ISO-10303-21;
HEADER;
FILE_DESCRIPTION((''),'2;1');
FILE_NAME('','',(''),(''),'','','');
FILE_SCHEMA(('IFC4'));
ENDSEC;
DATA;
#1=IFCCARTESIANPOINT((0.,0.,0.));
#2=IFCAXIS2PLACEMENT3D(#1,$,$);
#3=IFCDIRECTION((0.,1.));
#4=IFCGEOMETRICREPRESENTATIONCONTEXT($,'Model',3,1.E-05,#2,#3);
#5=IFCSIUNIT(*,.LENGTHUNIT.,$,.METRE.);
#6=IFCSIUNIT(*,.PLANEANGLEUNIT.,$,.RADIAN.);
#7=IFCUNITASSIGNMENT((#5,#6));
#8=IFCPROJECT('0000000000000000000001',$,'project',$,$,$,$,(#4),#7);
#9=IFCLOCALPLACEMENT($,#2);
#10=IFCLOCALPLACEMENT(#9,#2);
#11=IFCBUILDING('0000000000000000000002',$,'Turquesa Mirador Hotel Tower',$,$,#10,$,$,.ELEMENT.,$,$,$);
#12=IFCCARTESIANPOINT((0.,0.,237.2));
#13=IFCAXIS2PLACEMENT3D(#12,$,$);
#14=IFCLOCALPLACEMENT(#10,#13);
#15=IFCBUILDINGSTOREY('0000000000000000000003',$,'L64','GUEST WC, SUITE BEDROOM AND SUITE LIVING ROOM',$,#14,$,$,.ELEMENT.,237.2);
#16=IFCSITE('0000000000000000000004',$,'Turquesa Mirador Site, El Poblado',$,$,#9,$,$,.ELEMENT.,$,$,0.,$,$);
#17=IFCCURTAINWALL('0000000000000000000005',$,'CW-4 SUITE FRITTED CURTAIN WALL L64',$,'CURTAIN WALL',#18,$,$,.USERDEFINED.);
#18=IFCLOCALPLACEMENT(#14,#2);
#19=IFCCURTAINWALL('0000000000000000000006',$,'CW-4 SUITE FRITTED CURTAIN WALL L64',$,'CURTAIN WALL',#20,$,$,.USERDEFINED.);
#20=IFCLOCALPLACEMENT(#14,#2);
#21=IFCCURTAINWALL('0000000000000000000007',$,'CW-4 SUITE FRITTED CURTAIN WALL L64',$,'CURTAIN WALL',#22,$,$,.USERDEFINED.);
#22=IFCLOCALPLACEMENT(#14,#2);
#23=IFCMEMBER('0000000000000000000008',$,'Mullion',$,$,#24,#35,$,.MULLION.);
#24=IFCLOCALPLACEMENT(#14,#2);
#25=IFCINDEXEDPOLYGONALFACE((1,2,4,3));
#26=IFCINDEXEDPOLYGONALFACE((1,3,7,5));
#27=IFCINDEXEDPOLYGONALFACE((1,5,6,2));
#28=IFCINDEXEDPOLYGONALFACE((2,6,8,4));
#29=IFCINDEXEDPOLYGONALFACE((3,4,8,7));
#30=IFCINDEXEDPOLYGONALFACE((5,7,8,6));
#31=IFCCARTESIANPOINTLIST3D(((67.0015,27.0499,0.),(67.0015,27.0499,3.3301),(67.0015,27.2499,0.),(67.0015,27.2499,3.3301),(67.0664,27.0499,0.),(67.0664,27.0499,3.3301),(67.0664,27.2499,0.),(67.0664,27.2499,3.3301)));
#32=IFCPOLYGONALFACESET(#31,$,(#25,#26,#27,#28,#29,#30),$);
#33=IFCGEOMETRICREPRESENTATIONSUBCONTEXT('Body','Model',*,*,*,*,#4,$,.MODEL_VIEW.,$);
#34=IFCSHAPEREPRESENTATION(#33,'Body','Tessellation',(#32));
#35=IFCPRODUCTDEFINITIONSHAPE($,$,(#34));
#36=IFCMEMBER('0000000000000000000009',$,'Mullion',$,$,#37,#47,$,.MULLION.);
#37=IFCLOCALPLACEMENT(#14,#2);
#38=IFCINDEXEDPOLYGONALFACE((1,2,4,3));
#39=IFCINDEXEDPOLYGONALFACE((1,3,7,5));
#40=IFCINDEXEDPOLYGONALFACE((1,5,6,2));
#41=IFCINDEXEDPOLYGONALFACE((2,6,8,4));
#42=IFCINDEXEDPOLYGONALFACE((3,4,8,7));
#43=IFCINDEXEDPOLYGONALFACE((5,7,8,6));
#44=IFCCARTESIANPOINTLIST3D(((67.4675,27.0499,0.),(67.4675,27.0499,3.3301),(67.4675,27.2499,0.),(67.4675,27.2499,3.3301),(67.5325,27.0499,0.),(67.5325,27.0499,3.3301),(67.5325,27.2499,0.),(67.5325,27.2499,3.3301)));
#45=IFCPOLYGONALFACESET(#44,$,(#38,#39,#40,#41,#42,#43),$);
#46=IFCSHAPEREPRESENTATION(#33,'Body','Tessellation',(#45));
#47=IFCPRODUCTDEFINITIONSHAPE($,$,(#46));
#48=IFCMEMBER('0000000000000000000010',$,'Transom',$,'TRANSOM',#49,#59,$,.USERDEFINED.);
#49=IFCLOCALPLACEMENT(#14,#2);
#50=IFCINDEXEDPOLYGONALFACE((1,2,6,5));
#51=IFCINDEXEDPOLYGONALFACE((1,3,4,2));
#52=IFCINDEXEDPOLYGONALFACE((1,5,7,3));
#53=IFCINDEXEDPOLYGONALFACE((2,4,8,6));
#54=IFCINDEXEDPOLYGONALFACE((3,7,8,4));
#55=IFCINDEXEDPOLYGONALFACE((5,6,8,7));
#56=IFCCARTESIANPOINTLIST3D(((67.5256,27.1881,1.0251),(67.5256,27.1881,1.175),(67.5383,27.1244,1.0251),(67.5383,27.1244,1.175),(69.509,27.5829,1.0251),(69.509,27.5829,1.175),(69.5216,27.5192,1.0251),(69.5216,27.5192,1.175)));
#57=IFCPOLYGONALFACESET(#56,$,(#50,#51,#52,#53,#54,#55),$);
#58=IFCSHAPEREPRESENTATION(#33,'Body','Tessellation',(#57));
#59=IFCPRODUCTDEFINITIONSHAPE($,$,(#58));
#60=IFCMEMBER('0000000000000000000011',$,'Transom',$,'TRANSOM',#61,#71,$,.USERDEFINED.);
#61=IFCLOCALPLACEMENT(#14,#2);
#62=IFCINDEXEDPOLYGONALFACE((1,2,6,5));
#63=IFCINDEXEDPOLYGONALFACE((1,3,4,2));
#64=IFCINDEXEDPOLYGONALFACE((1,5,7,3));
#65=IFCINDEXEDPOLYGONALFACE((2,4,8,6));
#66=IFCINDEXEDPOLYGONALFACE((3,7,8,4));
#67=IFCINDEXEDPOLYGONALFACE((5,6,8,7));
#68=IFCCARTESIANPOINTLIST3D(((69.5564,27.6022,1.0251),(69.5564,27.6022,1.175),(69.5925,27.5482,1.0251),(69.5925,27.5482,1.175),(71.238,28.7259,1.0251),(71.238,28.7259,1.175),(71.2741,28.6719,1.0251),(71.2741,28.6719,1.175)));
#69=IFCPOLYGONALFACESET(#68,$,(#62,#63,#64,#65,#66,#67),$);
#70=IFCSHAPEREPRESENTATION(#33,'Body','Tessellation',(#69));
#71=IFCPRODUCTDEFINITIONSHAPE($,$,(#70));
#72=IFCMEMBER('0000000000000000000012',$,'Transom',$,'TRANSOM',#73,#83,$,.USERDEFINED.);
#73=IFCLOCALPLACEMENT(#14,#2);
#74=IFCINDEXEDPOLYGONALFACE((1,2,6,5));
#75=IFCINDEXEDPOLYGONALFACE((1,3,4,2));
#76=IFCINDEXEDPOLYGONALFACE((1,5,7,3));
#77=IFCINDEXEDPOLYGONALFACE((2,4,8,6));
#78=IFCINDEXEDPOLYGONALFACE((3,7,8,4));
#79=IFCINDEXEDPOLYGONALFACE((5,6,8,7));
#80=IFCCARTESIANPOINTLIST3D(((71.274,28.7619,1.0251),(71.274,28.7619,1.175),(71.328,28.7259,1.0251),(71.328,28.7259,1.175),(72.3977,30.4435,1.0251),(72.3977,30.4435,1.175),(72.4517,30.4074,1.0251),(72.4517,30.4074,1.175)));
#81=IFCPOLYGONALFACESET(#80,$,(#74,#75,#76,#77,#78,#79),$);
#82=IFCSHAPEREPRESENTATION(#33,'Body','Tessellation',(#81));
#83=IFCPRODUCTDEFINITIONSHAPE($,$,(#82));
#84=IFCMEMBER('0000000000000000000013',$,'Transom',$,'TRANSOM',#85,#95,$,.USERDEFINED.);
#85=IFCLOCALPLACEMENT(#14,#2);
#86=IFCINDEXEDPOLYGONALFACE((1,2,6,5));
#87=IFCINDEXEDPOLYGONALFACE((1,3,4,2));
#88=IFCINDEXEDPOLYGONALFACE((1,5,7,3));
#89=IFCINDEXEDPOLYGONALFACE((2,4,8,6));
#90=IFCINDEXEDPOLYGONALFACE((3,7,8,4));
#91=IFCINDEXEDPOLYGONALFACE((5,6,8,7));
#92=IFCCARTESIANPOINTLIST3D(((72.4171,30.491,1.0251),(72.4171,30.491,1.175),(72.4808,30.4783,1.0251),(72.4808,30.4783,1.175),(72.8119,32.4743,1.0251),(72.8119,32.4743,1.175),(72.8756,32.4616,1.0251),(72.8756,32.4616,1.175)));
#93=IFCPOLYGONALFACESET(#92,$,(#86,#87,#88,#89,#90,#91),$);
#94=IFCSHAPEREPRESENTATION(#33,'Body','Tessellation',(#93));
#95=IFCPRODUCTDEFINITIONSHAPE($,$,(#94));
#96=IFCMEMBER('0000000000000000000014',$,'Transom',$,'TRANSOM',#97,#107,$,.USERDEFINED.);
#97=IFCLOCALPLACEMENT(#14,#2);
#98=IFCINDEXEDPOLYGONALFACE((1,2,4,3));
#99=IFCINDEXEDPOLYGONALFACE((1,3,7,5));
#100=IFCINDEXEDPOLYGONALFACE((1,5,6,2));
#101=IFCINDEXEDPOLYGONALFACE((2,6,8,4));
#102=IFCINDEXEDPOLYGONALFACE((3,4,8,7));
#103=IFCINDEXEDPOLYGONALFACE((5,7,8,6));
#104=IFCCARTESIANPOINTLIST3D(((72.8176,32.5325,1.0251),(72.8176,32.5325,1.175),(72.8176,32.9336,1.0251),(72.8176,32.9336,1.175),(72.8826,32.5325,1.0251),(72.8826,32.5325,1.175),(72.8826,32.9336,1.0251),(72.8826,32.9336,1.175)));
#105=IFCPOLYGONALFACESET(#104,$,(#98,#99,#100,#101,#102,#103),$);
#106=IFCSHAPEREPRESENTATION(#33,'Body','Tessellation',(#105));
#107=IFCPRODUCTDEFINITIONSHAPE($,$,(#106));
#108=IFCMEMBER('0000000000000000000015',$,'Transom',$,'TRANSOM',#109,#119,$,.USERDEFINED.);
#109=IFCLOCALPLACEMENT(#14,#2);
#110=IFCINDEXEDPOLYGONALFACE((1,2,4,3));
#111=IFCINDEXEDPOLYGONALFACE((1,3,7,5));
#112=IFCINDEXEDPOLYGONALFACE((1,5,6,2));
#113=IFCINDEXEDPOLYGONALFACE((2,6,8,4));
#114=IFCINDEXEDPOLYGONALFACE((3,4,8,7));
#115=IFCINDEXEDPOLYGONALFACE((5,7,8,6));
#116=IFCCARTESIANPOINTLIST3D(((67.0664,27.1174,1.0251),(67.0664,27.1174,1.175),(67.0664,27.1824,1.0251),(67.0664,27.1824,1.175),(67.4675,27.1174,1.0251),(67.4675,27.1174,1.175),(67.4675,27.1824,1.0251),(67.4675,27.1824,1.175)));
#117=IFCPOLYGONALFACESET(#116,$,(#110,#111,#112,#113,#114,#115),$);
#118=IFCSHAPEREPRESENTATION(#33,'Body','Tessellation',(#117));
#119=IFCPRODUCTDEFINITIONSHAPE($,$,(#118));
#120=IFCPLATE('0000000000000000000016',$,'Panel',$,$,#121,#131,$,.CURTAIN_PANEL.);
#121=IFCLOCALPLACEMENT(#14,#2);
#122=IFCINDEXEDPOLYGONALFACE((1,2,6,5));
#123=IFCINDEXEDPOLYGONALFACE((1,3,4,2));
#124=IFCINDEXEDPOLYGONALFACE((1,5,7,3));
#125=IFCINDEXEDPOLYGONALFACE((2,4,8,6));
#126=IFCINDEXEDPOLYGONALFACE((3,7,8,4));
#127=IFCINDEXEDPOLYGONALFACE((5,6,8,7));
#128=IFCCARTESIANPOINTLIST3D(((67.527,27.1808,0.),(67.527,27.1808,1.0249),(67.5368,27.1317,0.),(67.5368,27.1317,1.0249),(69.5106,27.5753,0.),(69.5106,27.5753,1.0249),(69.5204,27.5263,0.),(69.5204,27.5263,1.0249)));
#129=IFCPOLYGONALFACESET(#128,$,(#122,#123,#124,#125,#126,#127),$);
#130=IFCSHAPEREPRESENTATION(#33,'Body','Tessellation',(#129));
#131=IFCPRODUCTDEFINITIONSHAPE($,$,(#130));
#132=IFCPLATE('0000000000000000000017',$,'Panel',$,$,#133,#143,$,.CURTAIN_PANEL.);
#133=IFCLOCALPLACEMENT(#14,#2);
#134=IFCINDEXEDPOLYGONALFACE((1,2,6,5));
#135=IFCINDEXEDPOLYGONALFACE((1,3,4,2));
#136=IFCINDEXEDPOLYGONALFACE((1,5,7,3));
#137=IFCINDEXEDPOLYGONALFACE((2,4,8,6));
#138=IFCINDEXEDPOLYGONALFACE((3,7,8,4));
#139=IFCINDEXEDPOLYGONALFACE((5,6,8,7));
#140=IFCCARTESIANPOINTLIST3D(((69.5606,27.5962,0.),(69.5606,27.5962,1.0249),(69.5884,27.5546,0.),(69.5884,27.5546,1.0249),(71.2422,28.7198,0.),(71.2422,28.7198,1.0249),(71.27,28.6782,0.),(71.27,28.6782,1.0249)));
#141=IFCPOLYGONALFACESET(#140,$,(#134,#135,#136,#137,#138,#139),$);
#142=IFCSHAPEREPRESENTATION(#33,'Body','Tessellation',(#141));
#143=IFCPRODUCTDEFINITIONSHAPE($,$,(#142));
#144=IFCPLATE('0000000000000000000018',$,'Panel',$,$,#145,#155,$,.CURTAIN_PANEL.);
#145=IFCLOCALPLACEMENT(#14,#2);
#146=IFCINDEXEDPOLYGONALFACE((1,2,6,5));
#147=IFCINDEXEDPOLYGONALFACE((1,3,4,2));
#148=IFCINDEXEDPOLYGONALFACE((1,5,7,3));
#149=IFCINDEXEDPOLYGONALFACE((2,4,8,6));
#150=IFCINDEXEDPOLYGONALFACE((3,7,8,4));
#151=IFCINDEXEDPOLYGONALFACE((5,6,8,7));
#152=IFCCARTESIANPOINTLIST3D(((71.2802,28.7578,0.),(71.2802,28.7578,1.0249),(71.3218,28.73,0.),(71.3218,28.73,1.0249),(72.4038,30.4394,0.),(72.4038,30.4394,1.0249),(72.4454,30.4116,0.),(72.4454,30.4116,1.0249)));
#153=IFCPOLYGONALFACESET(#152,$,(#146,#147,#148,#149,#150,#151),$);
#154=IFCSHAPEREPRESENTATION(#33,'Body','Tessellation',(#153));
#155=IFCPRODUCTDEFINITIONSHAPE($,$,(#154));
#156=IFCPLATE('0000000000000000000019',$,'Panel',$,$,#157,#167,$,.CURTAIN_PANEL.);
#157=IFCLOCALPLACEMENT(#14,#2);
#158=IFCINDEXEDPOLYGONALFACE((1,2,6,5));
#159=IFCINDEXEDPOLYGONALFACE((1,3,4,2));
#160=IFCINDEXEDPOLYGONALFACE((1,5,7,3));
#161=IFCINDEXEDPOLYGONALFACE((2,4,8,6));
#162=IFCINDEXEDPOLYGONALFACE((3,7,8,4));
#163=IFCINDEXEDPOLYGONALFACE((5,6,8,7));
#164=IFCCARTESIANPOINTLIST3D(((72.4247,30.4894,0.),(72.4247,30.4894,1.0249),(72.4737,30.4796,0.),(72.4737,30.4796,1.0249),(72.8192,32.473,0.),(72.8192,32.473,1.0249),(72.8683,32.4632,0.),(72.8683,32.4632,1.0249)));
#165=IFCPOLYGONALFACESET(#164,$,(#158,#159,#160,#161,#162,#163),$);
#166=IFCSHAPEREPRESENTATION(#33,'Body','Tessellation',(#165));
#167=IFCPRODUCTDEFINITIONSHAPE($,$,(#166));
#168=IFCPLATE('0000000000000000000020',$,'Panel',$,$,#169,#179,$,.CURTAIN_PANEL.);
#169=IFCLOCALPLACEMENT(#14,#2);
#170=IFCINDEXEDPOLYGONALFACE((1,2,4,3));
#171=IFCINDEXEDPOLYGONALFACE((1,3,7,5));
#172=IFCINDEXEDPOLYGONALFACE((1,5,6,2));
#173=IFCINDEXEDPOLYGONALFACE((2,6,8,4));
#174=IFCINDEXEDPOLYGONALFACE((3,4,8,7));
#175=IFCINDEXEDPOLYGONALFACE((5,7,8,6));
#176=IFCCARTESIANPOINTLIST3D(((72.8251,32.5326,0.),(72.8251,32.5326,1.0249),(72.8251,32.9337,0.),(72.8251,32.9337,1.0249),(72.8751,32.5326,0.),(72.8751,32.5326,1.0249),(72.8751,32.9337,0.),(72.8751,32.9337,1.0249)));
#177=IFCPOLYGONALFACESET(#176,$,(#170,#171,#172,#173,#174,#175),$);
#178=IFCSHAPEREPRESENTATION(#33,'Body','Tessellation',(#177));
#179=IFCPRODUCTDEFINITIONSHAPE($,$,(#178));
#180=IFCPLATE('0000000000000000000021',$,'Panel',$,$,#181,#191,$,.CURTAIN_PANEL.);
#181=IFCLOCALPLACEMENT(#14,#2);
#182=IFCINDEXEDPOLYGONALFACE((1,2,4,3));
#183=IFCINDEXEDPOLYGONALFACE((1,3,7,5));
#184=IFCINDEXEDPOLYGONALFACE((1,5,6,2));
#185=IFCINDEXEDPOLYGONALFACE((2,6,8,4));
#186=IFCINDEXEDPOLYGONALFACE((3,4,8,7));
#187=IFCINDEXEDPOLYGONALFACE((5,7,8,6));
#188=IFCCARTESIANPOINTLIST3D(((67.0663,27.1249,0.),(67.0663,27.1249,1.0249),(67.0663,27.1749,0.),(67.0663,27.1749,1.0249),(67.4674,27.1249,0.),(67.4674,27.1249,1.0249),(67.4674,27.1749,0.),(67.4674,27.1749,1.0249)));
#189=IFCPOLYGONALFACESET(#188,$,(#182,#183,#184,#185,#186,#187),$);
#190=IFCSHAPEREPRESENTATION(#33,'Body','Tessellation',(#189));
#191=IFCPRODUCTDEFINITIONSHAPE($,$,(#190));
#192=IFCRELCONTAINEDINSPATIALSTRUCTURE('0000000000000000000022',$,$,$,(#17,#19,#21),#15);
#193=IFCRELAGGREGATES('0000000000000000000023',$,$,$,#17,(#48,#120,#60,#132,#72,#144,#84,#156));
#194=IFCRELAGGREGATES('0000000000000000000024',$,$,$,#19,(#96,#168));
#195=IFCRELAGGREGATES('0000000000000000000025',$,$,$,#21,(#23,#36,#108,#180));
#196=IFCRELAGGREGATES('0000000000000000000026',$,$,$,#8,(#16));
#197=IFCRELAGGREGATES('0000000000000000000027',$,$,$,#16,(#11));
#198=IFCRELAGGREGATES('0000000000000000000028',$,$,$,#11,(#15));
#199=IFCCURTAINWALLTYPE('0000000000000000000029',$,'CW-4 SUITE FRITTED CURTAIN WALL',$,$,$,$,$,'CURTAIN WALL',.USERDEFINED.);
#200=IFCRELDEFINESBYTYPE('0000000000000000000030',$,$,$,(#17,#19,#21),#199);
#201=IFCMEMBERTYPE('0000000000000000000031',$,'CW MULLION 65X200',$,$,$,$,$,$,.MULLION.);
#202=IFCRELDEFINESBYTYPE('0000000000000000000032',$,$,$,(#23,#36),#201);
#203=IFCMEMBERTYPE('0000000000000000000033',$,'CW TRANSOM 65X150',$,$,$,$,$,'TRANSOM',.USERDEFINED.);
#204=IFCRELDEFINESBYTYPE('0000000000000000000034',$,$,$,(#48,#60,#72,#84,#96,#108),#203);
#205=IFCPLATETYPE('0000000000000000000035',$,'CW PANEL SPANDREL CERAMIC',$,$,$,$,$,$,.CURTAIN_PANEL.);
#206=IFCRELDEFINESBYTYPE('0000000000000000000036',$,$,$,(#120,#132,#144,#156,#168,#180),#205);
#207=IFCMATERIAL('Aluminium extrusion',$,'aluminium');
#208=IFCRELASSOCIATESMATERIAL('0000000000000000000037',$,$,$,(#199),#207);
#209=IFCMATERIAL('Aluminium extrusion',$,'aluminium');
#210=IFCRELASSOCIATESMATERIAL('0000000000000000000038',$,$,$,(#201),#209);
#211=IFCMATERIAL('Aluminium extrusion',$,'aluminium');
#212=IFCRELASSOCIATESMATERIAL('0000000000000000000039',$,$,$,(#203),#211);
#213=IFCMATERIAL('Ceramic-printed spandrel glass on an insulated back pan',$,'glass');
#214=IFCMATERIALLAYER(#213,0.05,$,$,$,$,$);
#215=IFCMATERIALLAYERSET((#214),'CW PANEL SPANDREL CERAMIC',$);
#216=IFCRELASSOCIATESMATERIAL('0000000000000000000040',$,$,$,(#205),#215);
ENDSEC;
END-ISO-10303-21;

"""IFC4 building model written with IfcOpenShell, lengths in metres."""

from ifc_helpers import new_model, si_unit, direction, frame, origin, origin_2d, place, context, subcontext, project, spatial, rectangle, extrude, material, layer, layer_set, material_profile, profile_set, type_object, element, aggregate, save


model = new_model("IFC4")

# Units and contexts
model_context = context("Model", 3, precision=1e-05, world=origin(), true_north=direction((0.0, 1.0)))
body_context = subcontext(model_context, "Body", "Model", "MODEL_VIEW")
ifc_project = project(units=[si_unit("LENGTHUNIT", "METRE"), si_unit("PLANEANGLEUNIT", "RADIAN")], contexts=[model_context])

# Site, building, storey
site_placement = place(None, origin())
site = spatial("IfcSite", under=ifc_project, at=site_placement, Name="Turquesa Mirador Site, El Poblado", CompositionType="ELEMENT", RefElevation=0.0)
building_placement = place(site_placement, origin())
building = spatial("IfcBuilding", under=site, at=building_placement, Name="Turquesa Mirador Hotel Tower", CompositionType="ELEMENT")
storey_placement = place(building_placement, frame((0.0, 0.0, 237.2)))
storey = spatial("IfcBuildingStorey", under=building, at=storey_placement, Name="L64", Description="GUEST WC, SUITE BEDROOM AND SUITE LIVING ROOM", CompositionType="ELEMENT", Elevation=237.2)

# Curtain walls, members
ifc_material_1 = material(Name="Aluminium extrusion", Category="aluminium")
curtain_wall_type = type_object("IfcCurtainWallType", Name="CW-4 SUITE FRITTED CURTAIN WALL", ElementType="CURTAIN WALL", PredefinedType="USERDEFINED", material=ifc_material_1)
curtain_wall_1_placement = place(storey_placement, origin())
curtain_wall_1 = element("IfcCurtainWall", 1, at=curtain_wall_1_placement, inside=storey, type_object=curtain_wall_type, Name="CW-4 SUITE FRITTED CURTAIN WALL L64", ObjectType="CURTAIN WALL", PredefinedType="USERDEFINED")
ifc_material_2 = material(Name="Aluminium extrusion", Category="aluminium")
ifc_material_profile_1 = material_profile(ifc_material_2, rectangle(XDim=0.0649, YDim=0.2, at=origin_2d()), Name="MULLION 65X200")
ifc_profile_set_1 = profile_set([ifc_material_profile_1], Name="Aluminium extrusion")
member_type_1 = type_object("IfcMemberType", Name="CW MULLION 65X200", PredefinedType="MULLION", material=ifc_profile_set_1)
curtain_wall_2_placement = place(storey_placement, origin())
curtain_wall_2 = element("IfcCurtainWall", 2, at=curtain_wall_2_placement, inside=storey, type_object=curtain_wall_type, Name="CW-4 SUITE FRITTED CURTAIN WALL L64", ObjectType="CURTAIN WALL", PredefinedType="USERDEFINED")
curtain_wall_3_placement = place(storey_placement, origin())
curtain_wall_3 = element("IfcCurtainWall", 3, at=curtain_wall_3_placement, inside=storey, type_object=curtain_wall_type, Name="CW-4 SUITE FRITTED CURTAIN WALL L64", ObjectType="CURTAIN WALL", PredefinedType="USERDEFINED")
member_1_placement = place(storey_placement, frame((67.0339, 27.1499, 0.0), z_axis=(0.0, 0.0, 1.0), x_axis=(1.0, 0.0, 0.0)))
member_1 = element("IfcMember", 4, at=member_1_placement, type_object=member_type_1, Name="Mullion", PredefinedType="MULLION", context=body_context, shape_type="SweptSolid", body=[
    extrude(rectangle(XDim=0.0649, YDim=0.2, at=origin_2d()), origin(), (0.0, 0.0, 1.0), 3.3301),
])
member_2_placement = place(storey_placement, frame((67.5, 27.1499, 0.0), z_axis=(0.0, 0.0, 1.0), x_axis=(1.0, 0.0, 0.0)))
member_2 = element("IfcMember", 5, at=member_2_placement, type_object=member_type_1, Name="Mullion", PredefinedType="MULLION", context=body_context, shape_type="SweptSolid", body=[
    extrude(rectangle(XDim=0.0649, YDim=0.2, at=origin_2d()), origin(), (0.0, 0.0, 1.0), 3.3301),
])

# Members
ifc_material_3 = material(Name="Aluminium extrusion", Category="aluminium")
ifc_material_profile_2 = material_profile(ifc_material_3, rectangle(XDim=0.0649, YDim=0.1499, at=origin_2d()), Name="TRANSOM 65X150")
ifc_profile_set_2 = profile_set([ifc_material_profile_2], Name="Aluminium extrusion")
member_type_2 = type_object("IfcMemberType", Name="CW TRANSOM 65X150", ElementType="TRANSOM", PredefinedType="USERDEFINED", material=ifc_profile_set_2)
member_3_placement = place(storey_placement, frame((67.532, 27.1562, 1.1001), z_axis=(0.980761, 0.195211, 0.0), x_axis=(-0.195211, 0.980761, 0.0)))
member_3 = element("IfcMember", 6, at=member_3_placement, type_object=member_type_2, Name="Transom", ObjectType="TRANSOM", PredefinedType="USERDEFINED", context=body_context, shape_type="SweptSolid", body=[
    extrude(rectangle(XDim=0.0649, YDim=0.1499, at=origin_2d()), origin(), (0.0, 0.0, 1.0), 2.0222),
])
member_4_placement = place(storey_placement, frame((69.5745, 27.5752, 1.1001), z_axis=(0.831437, 0.555619, 0.0), x_axis=(-0.555619, 0.831437, 0.0)))
member_4 = element("IfcMember", 7, at=member_4_placement, type_object=member_type_2, Name="Transom", ObjectType="TRANSOM", PredefinedType="USERDEFINED", context=body_context, shape_type="SweptSolid", body=[
    extrude(rectangle(XDim=0.0649, YDim=0.1499, at=origin_2d()), origin(), (0.0, 0.0, 1.0), 2.0225),
])
member_5_placement = place(storey_placement, frame((71.301, 28.7439, 1.1001), z_axis=(0.555619, 0.831437, 0.0), x_axis=(-0.831437, 0.555619, 0.0)))
member_5 = element("IfcMember", 8, at=member_5_placement, type_object=member_type_2, Name="Transom", ObjectType="TRANSOM", PredefinedType="USERDEFINED", context=body_context, shape_type="SweptSolid", body=[
    extrude(rectangle(XDim=0.0649, YDim=0.1499, at=origin_2d()), origin(), (0.0, 0.0, 1.0), 2.0225),
])
member_6_placement = place(storey_placement, frame((72.449, 30.4846, 1.1001), z_axis=(0.195211, 0.980761, 0.0), x_axis=(-0.980761, 0.195211, 0.0)))
member_6 = element("IfcMember", 9, at=member_6_placement, type_object=member_type_2, Name="Transom", ObjectType="TRANSOM", PredefinedType="USERDEFINED", context=body_context, shape_type="SweptSolid", body=[
    extrude(rectangle(XDim=0.0649, YDim=0.1499, at=origin_2d()), origin(), (0.0, 0.0, 1.0), 2.0222),
])
member_7_placement = place(storey_placement, frame((72.8501, 32.5325, 1.1001), z_axis=(0.0, 1.0, 0.0), x_axis=(-1.0, 0.0, 0.0)))
member_7 = element("IfcMember", 10, at=member_7_placement, type_object=member_type_2, Name="Transom", ObjectType="TRANSOM", PredefinedType="USERDEFINED", context=body_context, shape_type="SweptSolid", body=[
    extrude(rectangle(XDim=0.0649, YDim=0.1499, at=origin_2d()), origin(), (0.0, 0.0, 1.0), 0.4011),
])
member_8_placement = place(storey_placement, frame((67.0664, 27.1499, 1.1001), z_axis=(1.0, 0.0, 0.0), x_axis=(0.0, 1.0, 0.0)))
member_8 = element("IfcMember", 11, at=member_8_placement, type_object=member_type_2, Name="Transom", ObjectType="TRANSOM", PredefinedType="USERDEFINED", context=body_context, shape_type="SweptSolid", body=[
    extrude(rectangle(XDim=0.0649, YDim=0.1499, at=origin_2d()), origin(), (0.0, 0.0, 1.0), 0.4011),
])

# Plates
ifc_material_4 = material(Name="Ceramic-printed spandrel glass on an insulated back pan", Category="glass")
ifc_layer_1 = layer(ifc_material_4, 0.05)
ifc_layer_set_1 = layer_set([ifc_layer_1], Name="CW PANEL SPANDREL CERAMIC")
plate_type_1 = type_object("IfcPlateType", Name="CW PANEL SPANDREL CERAMIC", PredefinedType="CURTAIN_PANEL", material=ifc_layer_set_1)
plate_1_placement = place(storey_placement, frame((68.5237, 27.3535, 0.0), z_axis=(0.0, 0.0, 1.0), x_axis=(0.980785, 0.195091, 0.0)))
plate_1 = element("IfcPlate", 12, at=plate_1_placement, type_object=plate_type_1, Name="Panel", PredefinedType="CURTAIN_PANEL", context=body_context, shape_type="SweptSolid", body=[
    extrude(rectangle(XDim=2.0225, YDim=0.05, at=origin_2d()), origin(), (0.0, 0.0, 1.0), 1.0249),
])
plate_2_placement = place(storey_placement, frame((70.4153, 28.1372, 0.0), z_axis=(0.0, 0.0, 1.0), x_axis=(0.83147, 0.55557, 0.0)))
plate_2 = element("IfcPlate", 13, at=plate_2_placement, type_object=plate_type_1, Name="Panel", PredefinedType="CURTAIN_PANEL", context=body_context, shape_type="SweptSolid", body=[
    extrude(rectangle(XDim=2.0225, YDim=0.05, at=origin_2d()), origin(), (0.0, 0.0, 1.0), 1.0249),
])
plate_3_placement = place(storey_placement, frame((71.8628, 29.5847, 0.0), z_axis=(0.0, 0.0, 1.0), x_axis=(0.55557, 0.83147, 0.0)))
plate_3 = element("IfcPlate", 14, at=plate_3_placement, type_object=plate_type_1, Name="Panel", PredefinedType="CURTAIN_PANEL", context=body_context, shape_type="SweptSolid", body=[
    extrude(rectangle(XDim=2.0225, YDim=0.05, at=origin_2d()), origin(), (0.0, 0.0, 1.0), 1.0249),
])
plate_4_placement = place(storey_placement, frame((72.6465, 31.4763, 0.0), z_axis=(0.0, 0.0, 1.0), x_axis=(0.195091, 0.980785, 0.0)))
plate_4 = element("IfcPlate", 15, at=plate_4_placement, type_object=plate_type_1, Name="Panel", PredefinedType="CURTAIN_PANEL", context=body_context, shape_type="SweptSolid", body=[
    extrude(rectangle(XDim=2.0225, YDim=0.05, at=origin_2d()), origin(), (0.0, 0.0, 1.0), 1.0249),
])
plate_5_placement = place(storey_placement, frame((72.8501, 32.7332, 0.0), z_axis=(0.0, 0.0, 1.0), x_axis=(0.0, 1.0, 0.0)))
plate_5 = element("IfcPlate", 16, at=plate_5_placement, type_object=plate_type_1, Name="Panel", PredefinedType="CURTAIN_PANEL", context=body_context, shape_type="SweptSolid", body=[
    extrude(rectangle(XDim=0.4011, YDim=0.05, at=origin_2d()), origin(), (0.0, 0.0, 1.0), 1.0249),
])
plate_6_placement = place(storey_placement, frame((67.2668, 27.1499, 0.0), z_axis=(0.0, 0.0, 1.0), x_axis=(1.0, 0.0, 0.0)))
plate_6 = element("IfcPlate", 17, at=plate_6_placement, type_object=plate_type_1, Name="Panel", PredefinedType="CURTAIN_PANEL", context=body_context, shape_type="SweptSolid", body=[
    extrude(rectangle(XDim=0.4011, YDim=0.05, at=origin_2d()), origin(), (0.0, 0.0, 1.0), 1.0249),
])
aggregate(curtain_wall_1, [member_3, plate_1, member_4, plate_2, member_5, plate_3, member_6, plate_4])
aggregate(curtain_wall_2, [member_7, plate_5])
aggregate(curtain_wall_3, [member_1, member_2, member_8, plate_6])

save(model, "model.ifc")
